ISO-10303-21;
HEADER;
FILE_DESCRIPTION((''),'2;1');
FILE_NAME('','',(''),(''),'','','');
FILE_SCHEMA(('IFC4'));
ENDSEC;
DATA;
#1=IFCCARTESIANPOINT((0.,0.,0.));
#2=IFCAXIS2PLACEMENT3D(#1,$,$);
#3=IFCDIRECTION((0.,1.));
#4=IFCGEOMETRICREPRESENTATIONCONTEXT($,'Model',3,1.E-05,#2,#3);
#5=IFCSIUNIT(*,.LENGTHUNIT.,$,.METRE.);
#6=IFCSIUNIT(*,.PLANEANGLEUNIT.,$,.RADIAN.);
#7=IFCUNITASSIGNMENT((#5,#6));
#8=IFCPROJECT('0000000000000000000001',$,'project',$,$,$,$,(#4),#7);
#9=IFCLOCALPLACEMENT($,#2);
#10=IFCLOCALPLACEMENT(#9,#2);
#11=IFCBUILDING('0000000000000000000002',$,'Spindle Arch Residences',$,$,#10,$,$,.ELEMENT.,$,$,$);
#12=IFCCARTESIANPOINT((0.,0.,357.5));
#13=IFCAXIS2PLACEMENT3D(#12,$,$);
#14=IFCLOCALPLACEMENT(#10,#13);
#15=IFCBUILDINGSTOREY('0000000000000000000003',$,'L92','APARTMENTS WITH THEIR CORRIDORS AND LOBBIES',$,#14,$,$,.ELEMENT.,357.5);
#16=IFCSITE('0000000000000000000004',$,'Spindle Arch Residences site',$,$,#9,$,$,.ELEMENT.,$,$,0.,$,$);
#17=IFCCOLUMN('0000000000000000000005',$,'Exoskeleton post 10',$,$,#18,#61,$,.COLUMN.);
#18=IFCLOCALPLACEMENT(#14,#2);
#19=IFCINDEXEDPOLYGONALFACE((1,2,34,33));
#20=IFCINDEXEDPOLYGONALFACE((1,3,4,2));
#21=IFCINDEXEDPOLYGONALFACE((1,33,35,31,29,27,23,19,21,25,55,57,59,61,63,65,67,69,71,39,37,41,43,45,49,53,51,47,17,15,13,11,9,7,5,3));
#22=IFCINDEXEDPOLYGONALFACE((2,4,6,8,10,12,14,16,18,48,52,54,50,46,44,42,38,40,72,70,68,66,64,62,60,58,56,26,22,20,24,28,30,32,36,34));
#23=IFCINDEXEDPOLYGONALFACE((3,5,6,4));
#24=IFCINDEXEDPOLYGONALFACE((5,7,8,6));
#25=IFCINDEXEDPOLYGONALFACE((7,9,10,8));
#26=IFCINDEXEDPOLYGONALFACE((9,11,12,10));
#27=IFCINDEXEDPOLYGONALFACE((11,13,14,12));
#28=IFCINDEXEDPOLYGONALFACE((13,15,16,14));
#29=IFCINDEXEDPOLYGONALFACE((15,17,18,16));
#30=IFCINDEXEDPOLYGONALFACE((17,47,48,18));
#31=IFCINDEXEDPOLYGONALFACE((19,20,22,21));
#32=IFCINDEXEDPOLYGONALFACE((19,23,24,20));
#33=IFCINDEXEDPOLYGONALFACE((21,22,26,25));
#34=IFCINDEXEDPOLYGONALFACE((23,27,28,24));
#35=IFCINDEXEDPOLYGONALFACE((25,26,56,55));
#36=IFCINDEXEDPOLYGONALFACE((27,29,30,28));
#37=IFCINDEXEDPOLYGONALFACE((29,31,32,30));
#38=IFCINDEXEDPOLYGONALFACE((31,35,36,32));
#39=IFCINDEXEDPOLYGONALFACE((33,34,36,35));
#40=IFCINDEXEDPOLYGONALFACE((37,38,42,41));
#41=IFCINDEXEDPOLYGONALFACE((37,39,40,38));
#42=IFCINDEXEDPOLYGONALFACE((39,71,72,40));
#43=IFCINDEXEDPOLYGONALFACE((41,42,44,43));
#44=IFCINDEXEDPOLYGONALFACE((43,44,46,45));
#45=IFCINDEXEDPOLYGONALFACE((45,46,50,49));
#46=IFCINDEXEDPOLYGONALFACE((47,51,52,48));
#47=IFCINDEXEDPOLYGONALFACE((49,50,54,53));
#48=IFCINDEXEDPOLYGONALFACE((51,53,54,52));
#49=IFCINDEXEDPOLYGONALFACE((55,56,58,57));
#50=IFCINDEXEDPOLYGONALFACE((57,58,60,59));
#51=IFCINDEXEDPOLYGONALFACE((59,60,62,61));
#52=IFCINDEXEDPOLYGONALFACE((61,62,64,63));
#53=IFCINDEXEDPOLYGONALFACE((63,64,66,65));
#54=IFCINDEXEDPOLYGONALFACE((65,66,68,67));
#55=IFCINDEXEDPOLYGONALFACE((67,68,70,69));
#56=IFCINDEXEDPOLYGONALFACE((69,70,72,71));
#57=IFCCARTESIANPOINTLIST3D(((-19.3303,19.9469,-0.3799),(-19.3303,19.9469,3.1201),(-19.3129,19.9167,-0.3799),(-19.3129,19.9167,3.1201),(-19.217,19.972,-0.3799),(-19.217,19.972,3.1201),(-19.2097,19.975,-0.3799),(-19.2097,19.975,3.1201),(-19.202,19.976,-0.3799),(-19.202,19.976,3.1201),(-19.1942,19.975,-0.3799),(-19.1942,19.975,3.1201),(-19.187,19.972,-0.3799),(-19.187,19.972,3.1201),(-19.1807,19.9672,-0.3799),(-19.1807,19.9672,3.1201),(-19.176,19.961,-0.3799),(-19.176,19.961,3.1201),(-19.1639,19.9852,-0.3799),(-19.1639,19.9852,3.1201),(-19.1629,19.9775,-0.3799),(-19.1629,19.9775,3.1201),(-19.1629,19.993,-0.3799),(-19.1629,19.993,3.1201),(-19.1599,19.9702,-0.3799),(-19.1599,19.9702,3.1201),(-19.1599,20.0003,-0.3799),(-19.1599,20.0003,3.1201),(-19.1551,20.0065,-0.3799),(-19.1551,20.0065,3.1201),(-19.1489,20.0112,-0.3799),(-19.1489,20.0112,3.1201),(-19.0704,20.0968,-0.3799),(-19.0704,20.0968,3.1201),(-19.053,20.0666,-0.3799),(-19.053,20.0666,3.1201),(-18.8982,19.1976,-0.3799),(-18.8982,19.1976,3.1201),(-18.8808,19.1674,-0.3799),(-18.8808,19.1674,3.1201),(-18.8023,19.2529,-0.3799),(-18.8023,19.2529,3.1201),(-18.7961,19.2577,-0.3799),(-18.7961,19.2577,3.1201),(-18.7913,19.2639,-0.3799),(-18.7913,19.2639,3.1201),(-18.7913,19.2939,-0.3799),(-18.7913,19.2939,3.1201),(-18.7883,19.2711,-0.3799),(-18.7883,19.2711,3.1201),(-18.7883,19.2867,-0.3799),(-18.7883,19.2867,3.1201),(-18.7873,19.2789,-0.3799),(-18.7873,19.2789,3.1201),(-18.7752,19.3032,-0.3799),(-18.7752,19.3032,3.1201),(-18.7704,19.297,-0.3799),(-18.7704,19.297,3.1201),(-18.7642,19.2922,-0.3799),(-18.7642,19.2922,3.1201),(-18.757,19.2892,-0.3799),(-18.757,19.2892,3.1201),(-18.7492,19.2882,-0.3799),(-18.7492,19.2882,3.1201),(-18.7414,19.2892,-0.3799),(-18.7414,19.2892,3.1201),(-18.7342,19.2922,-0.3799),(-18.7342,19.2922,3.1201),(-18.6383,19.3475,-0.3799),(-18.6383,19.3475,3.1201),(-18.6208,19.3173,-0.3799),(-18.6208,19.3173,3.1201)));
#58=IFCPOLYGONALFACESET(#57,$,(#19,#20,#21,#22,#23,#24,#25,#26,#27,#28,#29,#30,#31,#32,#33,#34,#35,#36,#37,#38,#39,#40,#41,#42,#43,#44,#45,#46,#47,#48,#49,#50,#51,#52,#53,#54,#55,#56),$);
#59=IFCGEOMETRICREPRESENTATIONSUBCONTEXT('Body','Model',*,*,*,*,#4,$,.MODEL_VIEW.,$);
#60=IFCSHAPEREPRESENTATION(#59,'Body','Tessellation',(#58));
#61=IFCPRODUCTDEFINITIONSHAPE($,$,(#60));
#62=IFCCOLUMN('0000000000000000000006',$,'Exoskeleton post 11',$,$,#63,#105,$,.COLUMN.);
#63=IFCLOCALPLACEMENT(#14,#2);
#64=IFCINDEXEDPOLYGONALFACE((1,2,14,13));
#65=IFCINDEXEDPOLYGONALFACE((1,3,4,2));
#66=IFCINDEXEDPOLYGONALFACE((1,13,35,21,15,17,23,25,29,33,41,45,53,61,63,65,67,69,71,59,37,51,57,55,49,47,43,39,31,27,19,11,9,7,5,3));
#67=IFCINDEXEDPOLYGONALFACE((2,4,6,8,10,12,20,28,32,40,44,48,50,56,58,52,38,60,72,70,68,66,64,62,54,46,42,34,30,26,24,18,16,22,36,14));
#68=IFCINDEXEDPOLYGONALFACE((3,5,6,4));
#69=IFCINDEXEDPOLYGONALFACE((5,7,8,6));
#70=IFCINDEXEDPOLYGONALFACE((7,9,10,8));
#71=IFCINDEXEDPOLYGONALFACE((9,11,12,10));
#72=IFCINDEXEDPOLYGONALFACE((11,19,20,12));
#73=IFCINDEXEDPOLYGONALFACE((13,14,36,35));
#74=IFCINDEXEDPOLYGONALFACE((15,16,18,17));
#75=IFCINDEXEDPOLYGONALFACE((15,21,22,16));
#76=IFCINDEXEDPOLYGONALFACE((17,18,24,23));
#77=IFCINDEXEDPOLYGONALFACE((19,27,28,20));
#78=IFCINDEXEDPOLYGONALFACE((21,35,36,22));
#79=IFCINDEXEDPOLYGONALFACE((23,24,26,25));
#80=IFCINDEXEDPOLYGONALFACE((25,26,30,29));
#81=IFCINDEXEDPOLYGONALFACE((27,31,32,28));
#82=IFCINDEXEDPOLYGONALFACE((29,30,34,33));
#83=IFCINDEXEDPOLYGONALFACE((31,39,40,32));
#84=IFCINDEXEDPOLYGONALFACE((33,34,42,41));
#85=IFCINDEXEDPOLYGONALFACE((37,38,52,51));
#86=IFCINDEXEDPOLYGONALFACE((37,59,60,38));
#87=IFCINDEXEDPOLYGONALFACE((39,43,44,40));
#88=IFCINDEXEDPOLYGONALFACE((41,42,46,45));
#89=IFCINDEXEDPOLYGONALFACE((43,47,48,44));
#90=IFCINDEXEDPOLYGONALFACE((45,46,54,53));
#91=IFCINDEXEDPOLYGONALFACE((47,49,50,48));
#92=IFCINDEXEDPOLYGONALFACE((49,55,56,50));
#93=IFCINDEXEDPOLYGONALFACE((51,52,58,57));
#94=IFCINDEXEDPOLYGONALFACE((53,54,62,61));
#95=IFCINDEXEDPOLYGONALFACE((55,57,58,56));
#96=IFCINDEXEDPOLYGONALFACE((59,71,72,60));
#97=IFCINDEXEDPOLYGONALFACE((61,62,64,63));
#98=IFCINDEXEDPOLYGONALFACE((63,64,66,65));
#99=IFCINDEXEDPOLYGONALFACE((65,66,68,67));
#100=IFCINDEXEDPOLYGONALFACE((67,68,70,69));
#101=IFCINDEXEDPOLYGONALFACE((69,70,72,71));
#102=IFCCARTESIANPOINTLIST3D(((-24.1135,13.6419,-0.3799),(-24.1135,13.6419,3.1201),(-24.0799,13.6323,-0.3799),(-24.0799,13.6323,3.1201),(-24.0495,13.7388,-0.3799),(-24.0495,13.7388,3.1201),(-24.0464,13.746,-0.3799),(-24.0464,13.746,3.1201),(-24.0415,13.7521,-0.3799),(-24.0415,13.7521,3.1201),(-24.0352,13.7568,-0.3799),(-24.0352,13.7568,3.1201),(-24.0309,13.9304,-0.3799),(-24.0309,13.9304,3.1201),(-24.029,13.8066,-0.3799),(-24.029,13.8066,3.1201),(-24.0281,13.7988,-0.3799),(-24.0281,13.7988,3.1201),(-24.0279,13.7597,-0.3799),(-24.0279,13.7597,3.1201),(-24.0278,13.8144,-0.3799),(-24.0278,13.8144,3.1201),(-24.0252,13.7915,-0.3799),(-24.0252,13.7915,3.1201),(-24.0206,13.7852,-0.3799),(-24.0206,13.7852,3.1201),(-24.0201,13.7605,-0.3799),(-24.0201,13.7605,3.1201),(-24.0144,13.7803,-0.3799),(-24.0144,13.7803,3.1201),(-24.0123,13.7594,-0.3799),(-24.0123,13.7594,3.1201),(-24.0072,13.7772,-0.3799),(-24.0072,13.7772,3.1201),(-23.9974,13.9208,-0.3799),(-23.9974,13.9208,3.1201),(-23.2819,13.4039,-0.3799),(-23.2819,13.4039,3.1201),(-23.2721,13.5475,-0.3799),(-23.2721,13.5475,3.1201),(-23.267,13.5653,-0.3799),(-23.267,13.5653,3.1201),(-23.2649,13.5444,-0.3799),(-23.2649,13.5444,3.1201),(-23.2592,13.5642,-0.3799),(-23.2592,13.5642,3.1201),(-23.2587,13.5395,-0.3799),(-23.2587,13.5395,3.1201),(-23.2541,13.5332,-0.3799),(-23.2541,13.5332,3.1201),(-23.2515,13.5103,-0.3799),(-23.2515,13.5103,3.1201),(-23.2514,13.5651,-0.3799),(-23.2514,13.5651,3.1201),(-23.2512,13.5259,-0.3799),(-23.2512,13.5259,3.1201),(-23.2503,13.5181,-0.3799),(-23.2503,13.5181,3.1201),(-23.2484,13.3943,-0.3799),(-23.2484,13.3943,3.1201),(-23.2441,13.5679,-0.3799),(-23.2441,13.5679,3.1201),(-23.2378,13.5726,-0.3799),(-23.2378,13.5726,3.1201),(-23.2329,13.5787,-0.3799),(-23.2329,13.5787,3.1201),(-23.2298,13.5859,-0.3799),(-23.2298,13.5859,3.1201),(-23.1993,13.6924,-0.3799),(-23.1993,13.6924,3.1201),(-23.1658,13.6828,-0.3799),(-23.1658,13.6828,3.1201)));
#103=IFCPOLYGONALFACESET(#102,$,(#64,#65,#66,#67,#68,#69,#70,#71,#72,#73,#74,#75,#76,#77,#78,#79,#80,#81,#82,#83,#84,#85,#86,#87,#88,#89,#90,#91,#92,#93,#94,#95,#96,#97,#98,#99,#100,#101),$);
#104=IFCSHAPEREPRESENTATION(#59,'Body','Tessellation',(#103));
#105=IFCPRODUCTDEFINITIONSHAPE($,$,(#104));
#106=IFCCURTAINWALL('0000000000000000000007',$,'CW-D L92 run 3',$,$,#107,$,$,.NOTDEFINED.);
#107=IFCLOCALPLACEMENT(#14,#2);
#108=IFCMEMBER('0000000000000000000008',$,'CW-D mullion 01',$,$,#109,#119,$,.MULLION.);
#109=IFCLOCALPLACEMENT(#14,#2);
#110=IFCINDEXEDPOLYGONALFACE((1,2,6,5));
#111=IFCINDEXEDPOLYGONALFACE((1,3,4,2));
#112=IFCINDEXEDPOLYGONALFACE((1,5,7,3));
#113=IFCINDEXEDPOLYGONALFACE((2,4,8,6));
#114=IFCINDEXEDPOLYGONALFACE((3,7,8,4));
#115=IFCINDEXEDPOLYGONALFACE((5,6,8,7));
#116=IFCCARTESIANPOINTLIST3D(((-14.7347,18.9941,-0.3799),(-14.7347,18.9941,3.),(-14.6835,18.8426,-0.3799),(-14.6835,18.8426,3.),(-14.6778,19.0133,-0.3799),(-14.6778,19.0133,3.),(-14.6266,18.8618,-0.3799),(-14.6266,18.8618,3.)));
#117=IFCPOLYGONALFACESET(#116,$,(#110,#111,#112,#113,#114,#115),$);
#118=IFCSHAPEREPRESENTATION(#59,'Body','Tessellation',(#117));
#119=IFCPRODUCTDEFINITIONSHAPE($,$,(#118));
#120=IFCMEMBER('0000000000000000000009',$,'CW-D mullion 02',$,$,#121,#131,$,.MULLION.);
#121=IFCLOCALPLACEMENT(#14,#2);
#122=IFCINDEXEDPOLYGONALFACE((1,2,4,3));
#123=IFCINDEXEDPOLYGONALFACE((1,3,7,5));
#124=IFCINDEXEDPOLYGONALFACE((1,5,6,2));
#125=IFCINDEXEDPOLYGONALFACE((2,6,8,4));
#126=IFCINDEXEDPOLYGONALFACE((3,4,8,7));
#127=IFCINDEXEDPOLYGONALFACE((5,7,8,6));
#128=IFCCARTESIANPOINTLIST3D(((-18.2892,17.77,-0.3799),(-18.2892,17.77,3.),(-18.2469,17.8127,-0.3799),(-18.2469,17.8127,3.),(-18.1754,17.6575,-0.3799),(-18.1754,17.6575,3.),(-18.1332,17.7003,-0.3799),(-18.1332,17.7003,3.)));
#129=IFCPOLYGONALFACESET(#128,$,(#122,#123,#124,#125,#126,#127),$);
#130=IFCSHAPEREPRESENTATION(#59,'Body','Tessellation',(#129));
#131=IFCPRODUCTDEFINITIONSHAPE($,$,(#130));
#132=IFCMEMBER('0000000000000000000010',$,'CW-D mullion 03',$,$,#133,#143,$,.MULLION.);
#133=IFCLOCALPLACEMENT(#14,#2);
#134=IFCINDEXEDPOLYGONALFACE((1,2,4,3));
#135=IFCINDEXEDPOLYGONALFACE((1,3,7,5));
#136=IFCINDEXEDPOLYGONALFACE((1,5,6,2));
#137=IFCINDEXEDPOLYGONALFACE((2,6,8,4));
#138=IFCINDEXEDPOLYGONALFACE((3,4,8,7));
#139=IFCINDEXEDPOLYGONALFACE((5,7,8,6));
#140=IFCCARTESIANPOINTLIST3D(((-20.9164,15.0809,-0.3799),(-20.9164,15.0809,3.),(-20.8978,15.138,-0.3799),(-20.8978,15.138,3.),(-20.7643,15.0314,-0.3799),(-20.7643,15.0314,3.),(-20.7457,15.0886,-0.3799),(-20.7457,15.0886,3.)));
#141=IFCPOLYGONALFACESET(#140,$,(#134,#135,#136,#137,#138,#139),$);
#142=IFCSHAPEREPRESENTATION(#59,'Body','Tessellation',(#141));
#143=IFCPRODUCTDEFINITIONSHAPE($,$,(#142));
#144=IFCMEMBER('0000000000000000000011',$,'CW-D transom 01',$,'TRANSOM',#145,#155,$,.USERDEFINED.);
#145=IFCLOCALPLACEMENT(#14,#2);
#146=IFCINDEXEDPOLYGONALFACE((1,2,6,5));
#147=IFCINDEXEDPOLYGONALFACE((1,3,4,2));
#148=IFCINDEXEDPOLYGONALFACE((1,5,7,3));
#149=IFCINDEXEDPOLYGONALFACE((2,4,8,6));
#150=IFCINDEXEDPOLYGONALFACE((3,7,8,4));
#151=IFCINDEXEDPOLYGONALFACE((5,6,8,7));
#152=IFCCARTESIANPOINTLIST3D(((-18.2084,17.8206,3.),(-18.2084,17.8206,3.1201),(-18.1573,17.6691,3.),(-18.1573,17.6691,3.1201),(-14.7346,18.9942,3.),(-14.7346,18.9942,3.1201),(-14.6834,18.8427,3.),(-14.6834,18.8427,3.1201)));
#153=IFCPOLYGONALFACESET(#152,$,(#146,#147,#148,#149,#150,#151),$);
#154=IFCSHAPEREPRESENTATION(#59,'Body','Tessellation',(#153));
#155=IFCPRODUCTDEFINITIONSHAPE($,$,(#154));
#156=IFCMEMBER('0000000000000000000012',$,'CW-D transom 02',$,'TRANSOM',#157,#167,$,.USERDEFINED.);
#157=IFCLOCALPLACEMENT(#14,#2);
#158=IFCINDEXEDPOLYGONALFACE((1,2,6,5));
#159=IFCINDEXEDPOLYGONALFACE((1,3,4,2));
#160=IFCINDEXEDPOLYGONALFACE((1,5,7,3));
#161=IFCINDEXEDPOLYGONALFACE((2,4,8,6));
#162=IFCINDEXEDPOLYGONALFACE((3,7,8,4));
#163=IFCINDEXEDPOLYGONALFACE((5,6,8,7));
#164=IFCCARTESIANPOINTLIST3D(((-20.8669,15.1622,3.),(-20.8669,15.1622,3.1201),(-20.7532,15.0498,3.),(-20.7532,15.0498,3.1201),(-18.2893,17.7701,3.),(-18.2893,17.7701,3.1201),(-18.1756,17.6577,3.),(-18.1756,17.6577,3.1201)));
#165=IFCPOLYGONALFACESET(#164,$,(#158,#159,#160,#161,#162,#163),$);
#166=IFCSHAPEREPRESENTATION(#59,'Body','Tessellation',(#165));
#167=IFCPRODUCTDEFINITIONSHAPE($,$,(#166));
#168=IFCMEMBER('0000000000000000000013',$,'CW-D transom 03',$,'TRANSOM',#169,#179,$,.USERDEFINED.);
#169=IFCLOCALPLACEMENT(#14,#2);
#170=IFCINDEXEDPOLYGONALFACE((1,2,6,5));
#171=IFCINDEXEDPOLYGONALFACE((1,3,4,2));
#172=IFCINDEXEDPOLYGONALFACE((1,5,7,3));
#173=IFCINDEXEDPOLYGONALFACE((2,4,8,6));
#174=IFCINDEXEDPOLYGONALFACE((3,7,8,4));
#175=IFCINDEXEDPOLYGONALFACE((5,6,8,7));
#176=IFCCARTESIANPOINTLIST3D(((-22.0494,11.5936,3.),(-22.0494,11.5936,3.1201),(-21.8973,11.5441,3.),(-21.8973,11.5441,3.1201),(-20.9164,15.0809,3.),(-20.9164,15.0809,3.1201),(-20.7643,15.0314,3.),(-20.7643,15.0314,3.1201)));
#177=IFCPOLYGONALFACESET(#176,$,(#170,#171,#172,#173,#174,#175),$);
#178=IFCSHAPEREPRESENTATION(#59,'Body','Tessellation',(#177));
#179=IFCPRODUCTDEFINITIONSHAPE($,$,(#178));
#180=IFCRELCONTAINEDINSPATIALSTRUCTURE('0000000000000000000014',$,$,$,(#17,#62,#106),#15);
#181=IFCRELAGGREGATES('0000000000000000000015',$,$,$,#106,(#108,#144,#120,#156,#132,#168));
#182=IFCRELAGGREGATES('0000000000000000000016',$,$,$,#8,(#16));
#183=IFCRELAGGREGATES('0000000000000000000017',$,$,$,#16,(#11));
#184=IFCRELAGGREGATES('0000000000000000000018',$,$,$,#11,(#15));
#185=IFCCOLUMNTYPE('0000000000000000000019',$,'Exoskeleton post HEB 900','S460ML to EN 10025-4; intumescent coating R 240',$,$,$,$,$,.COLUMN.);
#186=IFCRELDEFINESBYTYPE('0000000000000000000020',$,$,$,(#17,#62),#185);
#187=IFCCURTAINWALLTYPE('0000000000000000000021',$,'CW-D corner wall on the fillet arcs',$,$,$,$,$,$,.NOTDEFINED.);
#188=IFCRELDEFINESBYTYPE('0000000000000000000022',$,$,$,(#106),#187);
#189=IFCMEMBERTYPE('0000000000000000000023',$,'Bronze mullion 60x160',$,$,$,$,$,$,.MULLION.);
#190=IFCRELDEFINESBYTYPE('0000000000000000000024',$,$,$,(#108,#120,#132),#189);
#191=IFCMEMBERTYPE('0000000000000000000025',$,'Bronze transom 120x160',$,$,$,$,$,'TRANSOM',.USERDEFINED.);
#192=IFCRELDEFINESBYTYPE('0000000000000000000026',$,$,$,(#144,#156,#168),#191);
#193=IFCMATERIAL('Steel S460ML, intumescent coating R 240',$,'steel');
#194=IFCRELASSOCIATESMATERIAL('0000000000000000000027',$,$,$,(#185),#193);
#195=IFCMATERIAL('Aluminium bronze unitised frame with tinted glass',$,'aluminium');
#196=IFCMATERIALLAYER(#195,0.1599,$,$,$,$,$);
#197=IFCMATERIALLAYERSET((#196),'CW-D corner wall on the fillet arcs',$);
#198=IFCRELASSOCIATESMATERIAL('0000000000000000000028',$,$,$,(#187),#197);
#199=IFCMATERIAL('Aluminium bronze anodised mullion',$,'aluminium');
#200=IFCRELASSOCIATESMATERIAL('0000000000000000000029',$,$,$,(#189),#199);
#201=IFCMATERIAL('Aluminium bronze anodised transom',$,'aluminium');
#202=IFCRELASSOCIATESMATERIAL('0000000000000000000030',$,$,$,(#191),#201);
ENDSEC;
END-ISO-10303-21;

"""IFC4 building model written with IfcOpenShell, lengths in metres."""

from ifc_helpers import new_model, si_unit, direction, frame, origin, origin_2d, place, context, subcontext, project, spatial, rectangle, i_section, extrude, material, layer, layer_set, material_profile, profile_set, type_object, element, aggregate, save


model = new_model("IFC4")

# Units and contexts
model_context = context("Model", 3, precision=1e-05, world=origin(), true_north=direction((0.0, 1.0)))
body_context = subcontext(model_context, "Body", "Model", "MODEL_VIEW")
ifc_project = project(units=[si_unit("LENGTHUNIT", "METRE"), si_unit("PLANEANGLEUNIT", "RADIAN")], contexts=[model_context])

# Site, building, storey
site_placement = place(None, origin())
site = spatial("IfcSite", under=ifc_project, at=site_placement, Name="Spindle Arch Residences site", CompositionType="ELEMENT", RefElevation=0.0)
building_placement = place(site_placement, origin())
building = spatial("IfcBuilding", under=site, at=building_placement, Name="Spindle Arch Residences", CompositionType="ELEMENT")
storey_placement = place(building_placement, frame((0.0, 0.0, 357.5)))
storey = spatial("IfcBuildingStorey", under=building, at=storey_placement, Name="L92", Description="APARTMENTS WITH THEIR CORRIDORS AND LOBBIES", CompositionType="ELEMENT", Elevation=357.5)

# Columns
ifc_material_1 = material(Name="Steel S460ML, intumescent coating R 240", Category="steel")
ifc_material_profile_1 = material_profile(ifc_material_1, i_section(OverallWidth=0.3, OverallDepth=0.8999, WebThickness=0.0186, FlangeThickness=0.0349, FilletRadius=0.03, at=origin_2d()), Name="HEB 900")
ifc_profile_set_1 = profile_set([ifc_material_profile_1], Name="Steel S460ML, intumescent coating R 240")
column_type = type_object("IfcColumnType", Name="Exoskeleton post HEB 900", Description="S460ML to EN 10025-4; intumescent coating R 240", PredefinedType="COLUMN", material=ifc_profile_set_1)
for number, where, z_axis, x_axis, name in (
    (1, (-18.9756, 19.6321, -0.3799), (0.0, 0.0, 1.0), (0.866257, 0.499599, 0.0), "Exoskeleton post 10"),
    (2, (-23.6396, 13.6624, -0.3799), (0.0, 0.0, 1.0), (0.275193, 0.961389, 0.0), "Exoskeleton post 11"),
):
    element("IfcColumn", number, at=place(storey_placement, frame(where, z_axis=z_axis, x_axis=x_axis)), inside=storey, type_object=column_type, Name=name, PredefinedType="COLUMN", context=body_context, shape_type="SweptSolid", body=[
        extrude(i_section(OverallWidth=0.3, OverallDepth=0.8999, WebThickness=0.0186, FlangeThickness=0.0349, FilletRadius=0.03, at=origin_2d()), origin(), (0.0, 0.0, 1.0), 3.5),
    ])

# Curtain wall, members
ifc_material_2 = material(Name="Aluminium bronze unitised frame with tinted glass", Category="aluminium")
ifc_layer_1 = layer(ifc_material_2, 0.1599)
ifc_layer_set_1 = layer_set([ifc_layer_1], Name="CW-D corner wall on the fillet arcs")
curtain_wall_type = type_object("IfcCurtainWallType", Name="CW-D corner wall on the fillet arcs", PredefinedType="NOTDEFINED", material=ifc_layer_set_1)
curtain_wall_placement = place(storey_placement, origin())
curtain_wall = element("IfcCurtainWall", 3, at=curtain_wall_placement, inside=storey, type_object=curtain_wall_type, Name="CW-D L92 run 3", PredefinedType="NOTDEFINED")
ifc_material_3 = material(Name="Aluminium bronze anodised mullion", Category="aluminium")
ifc_material_profile_2 = material_profile(ifc_material_3, rectangle(XDim=0.1599, YDim=0.0601, at=origin_2d()), Name="MU 60x160")
ifc_profile_set_2 = profile_set([ifc_material_profile_2], Name="Aluminium bronze anodised mullion")
member_type_1 = type_object("IfcMemberType", Name="Bronze mullion 60x160", PredefinedType="MULLION", material=ifc_profile_set_2)
member_1_placement = place(storey_placement, frame((-14.6807, 18.928, -0.3799), z_axis=(0.0, 0.0, 1.0), x_axis=(0.320062, -0.947397, 0.0)))
member_1 = element("IfcMember", 4, at=member_1_placement, type_object=member_type_1, Name="CW-D mullion 01", PredefinedType="MULLION", context=body_context, shape_type="SweptSolid", body=[
    extrude(rectangle(XDim=0.1599, YDim=0.0601, at=origin_2d()), origin(), (0.0, 0.0, 1.0), 3.3799),
])
member_2_placement = place(storey_placement, frame((-18.2112, 17.7351, -0.3799), z_axis=(0.0, 0.0, 1.0), x_axis=(0.711209, -0.702981, 0.0)))
member_2 = element("IfcMember", 5, at=member_2_placement, type_object=member_type_1, Name="CW-D mullion 02", PredefinedType="MULLION", context=body_context, shape_type="SweptSolid", body=[
    extrude(rectangle(XDim=0.1599, YDim=0.0601, at=origin_2d()), origin(), (0.0, 0.0, 1.0), 3.3799),
])
member_3_placement = place(storey_placement, frame((-20.8311, 15.0847, -0.3799), z_axis=(0.0, 0.0, 1.0), x_axis=(0.951057, -0.309017, 0.0)))
member_3 = element("IfcMember", 6, at=member_3_placement, type_object=member_type_1, Name="CW-D mullion 03", PredefinedType="MULLION", context=body_context, shape_type="SweptSolid", body=[
    extrude(rectangle(XDim=0.1599, YDim=0.0601, at=origin_2d()), origin(), (0.0, 0.0, 1.0), 3.3799),
])
ifc_material_4 = material(Name="Aluminium bronze anodised transom", Category="aluminium")
ifc_material_profile_3 = material_profile(ifc_material_4, rectangle(XDim=0.1599, YDim=0.1201, at=origin_2d()), Name="TR 120x160")
ifc_profile_set_3 = profile_set([ifc_material_profile_3], Name="Aluminium bronze anodised transom")
member_type_2 = type_object("IfcMemberType", Name="Bronze transom 120x160", ElementType="TRANSOM", PredefinedType="USERDEFINED", material=ifc_profile_set_3)
member_4_placement = place(storey_placement, frame((-14.709, 18.9185, 3.0601), z_axis=(-0.947397, -0.32006, 0.0), x_axis=(0.32006, -0.947397, 0.0)))
member_4 = element("IfcMember", 7, at=member_4_placement, type_object=member_type_2, Name="CW-D transom 01", ObjectType="TRANSOM", PredefinedType="USERDEFINED", context=body_context, shape_type="SweptSolid", body=[
    extrude(rectangle(XDim=0.1599, YDim=0.1201, at=origin_2d()), origin(), (0.0, 0.0, 1.0), 3.6667),
])
member_5_placement = place(storey_placement, frame((-18.2324, 17.7139, 3.0601), z_axis=(-0.702967, -0.711223, 0.0), x_axis=(0.711223, -0.702967, 0.0)))
member_5 = element("IfcMember", 8, at=member_5_placement, type_object=member_type_2, Name="CW-D transom 02", ObjectType="TRANSOM", PredefinedType="USERDEFINED", context=body_context, shape_type="SweptSolid", body=[
    extrude(rectangle(XDim=0.1599, YDim=0.1201, at=origin_2d()), origin(), (0.0, 0.0, 1.0), 3.6667),
])
member_6_placement = place(storey_placement, frame((-20.8403, 15.0562, 3.0601), z_axis=(-0.309008, -0.95106, 0.0), x_axis=(0.95106, -0.309008, 0.0)))
member_6 = element("IfcMember", 9, at=member_6_placement, type_object=member_type_2, Name="CW-D transom 03", ObjectType="TRANSOM", PredefinedType="USERDEFINED", context=body_context, shape_type="SweptSolid", body=[
    extrude(rectangle(XDim=0.1599, YDim=0.1201, at=origin_2d()), origin(), (0.0, 0.0, 1.0), 3.6667),
])

aggregate(curtain_wall, [member_1, member_4, member_2, member_5, member_3, member_6])

save(model, "model.ifc")
